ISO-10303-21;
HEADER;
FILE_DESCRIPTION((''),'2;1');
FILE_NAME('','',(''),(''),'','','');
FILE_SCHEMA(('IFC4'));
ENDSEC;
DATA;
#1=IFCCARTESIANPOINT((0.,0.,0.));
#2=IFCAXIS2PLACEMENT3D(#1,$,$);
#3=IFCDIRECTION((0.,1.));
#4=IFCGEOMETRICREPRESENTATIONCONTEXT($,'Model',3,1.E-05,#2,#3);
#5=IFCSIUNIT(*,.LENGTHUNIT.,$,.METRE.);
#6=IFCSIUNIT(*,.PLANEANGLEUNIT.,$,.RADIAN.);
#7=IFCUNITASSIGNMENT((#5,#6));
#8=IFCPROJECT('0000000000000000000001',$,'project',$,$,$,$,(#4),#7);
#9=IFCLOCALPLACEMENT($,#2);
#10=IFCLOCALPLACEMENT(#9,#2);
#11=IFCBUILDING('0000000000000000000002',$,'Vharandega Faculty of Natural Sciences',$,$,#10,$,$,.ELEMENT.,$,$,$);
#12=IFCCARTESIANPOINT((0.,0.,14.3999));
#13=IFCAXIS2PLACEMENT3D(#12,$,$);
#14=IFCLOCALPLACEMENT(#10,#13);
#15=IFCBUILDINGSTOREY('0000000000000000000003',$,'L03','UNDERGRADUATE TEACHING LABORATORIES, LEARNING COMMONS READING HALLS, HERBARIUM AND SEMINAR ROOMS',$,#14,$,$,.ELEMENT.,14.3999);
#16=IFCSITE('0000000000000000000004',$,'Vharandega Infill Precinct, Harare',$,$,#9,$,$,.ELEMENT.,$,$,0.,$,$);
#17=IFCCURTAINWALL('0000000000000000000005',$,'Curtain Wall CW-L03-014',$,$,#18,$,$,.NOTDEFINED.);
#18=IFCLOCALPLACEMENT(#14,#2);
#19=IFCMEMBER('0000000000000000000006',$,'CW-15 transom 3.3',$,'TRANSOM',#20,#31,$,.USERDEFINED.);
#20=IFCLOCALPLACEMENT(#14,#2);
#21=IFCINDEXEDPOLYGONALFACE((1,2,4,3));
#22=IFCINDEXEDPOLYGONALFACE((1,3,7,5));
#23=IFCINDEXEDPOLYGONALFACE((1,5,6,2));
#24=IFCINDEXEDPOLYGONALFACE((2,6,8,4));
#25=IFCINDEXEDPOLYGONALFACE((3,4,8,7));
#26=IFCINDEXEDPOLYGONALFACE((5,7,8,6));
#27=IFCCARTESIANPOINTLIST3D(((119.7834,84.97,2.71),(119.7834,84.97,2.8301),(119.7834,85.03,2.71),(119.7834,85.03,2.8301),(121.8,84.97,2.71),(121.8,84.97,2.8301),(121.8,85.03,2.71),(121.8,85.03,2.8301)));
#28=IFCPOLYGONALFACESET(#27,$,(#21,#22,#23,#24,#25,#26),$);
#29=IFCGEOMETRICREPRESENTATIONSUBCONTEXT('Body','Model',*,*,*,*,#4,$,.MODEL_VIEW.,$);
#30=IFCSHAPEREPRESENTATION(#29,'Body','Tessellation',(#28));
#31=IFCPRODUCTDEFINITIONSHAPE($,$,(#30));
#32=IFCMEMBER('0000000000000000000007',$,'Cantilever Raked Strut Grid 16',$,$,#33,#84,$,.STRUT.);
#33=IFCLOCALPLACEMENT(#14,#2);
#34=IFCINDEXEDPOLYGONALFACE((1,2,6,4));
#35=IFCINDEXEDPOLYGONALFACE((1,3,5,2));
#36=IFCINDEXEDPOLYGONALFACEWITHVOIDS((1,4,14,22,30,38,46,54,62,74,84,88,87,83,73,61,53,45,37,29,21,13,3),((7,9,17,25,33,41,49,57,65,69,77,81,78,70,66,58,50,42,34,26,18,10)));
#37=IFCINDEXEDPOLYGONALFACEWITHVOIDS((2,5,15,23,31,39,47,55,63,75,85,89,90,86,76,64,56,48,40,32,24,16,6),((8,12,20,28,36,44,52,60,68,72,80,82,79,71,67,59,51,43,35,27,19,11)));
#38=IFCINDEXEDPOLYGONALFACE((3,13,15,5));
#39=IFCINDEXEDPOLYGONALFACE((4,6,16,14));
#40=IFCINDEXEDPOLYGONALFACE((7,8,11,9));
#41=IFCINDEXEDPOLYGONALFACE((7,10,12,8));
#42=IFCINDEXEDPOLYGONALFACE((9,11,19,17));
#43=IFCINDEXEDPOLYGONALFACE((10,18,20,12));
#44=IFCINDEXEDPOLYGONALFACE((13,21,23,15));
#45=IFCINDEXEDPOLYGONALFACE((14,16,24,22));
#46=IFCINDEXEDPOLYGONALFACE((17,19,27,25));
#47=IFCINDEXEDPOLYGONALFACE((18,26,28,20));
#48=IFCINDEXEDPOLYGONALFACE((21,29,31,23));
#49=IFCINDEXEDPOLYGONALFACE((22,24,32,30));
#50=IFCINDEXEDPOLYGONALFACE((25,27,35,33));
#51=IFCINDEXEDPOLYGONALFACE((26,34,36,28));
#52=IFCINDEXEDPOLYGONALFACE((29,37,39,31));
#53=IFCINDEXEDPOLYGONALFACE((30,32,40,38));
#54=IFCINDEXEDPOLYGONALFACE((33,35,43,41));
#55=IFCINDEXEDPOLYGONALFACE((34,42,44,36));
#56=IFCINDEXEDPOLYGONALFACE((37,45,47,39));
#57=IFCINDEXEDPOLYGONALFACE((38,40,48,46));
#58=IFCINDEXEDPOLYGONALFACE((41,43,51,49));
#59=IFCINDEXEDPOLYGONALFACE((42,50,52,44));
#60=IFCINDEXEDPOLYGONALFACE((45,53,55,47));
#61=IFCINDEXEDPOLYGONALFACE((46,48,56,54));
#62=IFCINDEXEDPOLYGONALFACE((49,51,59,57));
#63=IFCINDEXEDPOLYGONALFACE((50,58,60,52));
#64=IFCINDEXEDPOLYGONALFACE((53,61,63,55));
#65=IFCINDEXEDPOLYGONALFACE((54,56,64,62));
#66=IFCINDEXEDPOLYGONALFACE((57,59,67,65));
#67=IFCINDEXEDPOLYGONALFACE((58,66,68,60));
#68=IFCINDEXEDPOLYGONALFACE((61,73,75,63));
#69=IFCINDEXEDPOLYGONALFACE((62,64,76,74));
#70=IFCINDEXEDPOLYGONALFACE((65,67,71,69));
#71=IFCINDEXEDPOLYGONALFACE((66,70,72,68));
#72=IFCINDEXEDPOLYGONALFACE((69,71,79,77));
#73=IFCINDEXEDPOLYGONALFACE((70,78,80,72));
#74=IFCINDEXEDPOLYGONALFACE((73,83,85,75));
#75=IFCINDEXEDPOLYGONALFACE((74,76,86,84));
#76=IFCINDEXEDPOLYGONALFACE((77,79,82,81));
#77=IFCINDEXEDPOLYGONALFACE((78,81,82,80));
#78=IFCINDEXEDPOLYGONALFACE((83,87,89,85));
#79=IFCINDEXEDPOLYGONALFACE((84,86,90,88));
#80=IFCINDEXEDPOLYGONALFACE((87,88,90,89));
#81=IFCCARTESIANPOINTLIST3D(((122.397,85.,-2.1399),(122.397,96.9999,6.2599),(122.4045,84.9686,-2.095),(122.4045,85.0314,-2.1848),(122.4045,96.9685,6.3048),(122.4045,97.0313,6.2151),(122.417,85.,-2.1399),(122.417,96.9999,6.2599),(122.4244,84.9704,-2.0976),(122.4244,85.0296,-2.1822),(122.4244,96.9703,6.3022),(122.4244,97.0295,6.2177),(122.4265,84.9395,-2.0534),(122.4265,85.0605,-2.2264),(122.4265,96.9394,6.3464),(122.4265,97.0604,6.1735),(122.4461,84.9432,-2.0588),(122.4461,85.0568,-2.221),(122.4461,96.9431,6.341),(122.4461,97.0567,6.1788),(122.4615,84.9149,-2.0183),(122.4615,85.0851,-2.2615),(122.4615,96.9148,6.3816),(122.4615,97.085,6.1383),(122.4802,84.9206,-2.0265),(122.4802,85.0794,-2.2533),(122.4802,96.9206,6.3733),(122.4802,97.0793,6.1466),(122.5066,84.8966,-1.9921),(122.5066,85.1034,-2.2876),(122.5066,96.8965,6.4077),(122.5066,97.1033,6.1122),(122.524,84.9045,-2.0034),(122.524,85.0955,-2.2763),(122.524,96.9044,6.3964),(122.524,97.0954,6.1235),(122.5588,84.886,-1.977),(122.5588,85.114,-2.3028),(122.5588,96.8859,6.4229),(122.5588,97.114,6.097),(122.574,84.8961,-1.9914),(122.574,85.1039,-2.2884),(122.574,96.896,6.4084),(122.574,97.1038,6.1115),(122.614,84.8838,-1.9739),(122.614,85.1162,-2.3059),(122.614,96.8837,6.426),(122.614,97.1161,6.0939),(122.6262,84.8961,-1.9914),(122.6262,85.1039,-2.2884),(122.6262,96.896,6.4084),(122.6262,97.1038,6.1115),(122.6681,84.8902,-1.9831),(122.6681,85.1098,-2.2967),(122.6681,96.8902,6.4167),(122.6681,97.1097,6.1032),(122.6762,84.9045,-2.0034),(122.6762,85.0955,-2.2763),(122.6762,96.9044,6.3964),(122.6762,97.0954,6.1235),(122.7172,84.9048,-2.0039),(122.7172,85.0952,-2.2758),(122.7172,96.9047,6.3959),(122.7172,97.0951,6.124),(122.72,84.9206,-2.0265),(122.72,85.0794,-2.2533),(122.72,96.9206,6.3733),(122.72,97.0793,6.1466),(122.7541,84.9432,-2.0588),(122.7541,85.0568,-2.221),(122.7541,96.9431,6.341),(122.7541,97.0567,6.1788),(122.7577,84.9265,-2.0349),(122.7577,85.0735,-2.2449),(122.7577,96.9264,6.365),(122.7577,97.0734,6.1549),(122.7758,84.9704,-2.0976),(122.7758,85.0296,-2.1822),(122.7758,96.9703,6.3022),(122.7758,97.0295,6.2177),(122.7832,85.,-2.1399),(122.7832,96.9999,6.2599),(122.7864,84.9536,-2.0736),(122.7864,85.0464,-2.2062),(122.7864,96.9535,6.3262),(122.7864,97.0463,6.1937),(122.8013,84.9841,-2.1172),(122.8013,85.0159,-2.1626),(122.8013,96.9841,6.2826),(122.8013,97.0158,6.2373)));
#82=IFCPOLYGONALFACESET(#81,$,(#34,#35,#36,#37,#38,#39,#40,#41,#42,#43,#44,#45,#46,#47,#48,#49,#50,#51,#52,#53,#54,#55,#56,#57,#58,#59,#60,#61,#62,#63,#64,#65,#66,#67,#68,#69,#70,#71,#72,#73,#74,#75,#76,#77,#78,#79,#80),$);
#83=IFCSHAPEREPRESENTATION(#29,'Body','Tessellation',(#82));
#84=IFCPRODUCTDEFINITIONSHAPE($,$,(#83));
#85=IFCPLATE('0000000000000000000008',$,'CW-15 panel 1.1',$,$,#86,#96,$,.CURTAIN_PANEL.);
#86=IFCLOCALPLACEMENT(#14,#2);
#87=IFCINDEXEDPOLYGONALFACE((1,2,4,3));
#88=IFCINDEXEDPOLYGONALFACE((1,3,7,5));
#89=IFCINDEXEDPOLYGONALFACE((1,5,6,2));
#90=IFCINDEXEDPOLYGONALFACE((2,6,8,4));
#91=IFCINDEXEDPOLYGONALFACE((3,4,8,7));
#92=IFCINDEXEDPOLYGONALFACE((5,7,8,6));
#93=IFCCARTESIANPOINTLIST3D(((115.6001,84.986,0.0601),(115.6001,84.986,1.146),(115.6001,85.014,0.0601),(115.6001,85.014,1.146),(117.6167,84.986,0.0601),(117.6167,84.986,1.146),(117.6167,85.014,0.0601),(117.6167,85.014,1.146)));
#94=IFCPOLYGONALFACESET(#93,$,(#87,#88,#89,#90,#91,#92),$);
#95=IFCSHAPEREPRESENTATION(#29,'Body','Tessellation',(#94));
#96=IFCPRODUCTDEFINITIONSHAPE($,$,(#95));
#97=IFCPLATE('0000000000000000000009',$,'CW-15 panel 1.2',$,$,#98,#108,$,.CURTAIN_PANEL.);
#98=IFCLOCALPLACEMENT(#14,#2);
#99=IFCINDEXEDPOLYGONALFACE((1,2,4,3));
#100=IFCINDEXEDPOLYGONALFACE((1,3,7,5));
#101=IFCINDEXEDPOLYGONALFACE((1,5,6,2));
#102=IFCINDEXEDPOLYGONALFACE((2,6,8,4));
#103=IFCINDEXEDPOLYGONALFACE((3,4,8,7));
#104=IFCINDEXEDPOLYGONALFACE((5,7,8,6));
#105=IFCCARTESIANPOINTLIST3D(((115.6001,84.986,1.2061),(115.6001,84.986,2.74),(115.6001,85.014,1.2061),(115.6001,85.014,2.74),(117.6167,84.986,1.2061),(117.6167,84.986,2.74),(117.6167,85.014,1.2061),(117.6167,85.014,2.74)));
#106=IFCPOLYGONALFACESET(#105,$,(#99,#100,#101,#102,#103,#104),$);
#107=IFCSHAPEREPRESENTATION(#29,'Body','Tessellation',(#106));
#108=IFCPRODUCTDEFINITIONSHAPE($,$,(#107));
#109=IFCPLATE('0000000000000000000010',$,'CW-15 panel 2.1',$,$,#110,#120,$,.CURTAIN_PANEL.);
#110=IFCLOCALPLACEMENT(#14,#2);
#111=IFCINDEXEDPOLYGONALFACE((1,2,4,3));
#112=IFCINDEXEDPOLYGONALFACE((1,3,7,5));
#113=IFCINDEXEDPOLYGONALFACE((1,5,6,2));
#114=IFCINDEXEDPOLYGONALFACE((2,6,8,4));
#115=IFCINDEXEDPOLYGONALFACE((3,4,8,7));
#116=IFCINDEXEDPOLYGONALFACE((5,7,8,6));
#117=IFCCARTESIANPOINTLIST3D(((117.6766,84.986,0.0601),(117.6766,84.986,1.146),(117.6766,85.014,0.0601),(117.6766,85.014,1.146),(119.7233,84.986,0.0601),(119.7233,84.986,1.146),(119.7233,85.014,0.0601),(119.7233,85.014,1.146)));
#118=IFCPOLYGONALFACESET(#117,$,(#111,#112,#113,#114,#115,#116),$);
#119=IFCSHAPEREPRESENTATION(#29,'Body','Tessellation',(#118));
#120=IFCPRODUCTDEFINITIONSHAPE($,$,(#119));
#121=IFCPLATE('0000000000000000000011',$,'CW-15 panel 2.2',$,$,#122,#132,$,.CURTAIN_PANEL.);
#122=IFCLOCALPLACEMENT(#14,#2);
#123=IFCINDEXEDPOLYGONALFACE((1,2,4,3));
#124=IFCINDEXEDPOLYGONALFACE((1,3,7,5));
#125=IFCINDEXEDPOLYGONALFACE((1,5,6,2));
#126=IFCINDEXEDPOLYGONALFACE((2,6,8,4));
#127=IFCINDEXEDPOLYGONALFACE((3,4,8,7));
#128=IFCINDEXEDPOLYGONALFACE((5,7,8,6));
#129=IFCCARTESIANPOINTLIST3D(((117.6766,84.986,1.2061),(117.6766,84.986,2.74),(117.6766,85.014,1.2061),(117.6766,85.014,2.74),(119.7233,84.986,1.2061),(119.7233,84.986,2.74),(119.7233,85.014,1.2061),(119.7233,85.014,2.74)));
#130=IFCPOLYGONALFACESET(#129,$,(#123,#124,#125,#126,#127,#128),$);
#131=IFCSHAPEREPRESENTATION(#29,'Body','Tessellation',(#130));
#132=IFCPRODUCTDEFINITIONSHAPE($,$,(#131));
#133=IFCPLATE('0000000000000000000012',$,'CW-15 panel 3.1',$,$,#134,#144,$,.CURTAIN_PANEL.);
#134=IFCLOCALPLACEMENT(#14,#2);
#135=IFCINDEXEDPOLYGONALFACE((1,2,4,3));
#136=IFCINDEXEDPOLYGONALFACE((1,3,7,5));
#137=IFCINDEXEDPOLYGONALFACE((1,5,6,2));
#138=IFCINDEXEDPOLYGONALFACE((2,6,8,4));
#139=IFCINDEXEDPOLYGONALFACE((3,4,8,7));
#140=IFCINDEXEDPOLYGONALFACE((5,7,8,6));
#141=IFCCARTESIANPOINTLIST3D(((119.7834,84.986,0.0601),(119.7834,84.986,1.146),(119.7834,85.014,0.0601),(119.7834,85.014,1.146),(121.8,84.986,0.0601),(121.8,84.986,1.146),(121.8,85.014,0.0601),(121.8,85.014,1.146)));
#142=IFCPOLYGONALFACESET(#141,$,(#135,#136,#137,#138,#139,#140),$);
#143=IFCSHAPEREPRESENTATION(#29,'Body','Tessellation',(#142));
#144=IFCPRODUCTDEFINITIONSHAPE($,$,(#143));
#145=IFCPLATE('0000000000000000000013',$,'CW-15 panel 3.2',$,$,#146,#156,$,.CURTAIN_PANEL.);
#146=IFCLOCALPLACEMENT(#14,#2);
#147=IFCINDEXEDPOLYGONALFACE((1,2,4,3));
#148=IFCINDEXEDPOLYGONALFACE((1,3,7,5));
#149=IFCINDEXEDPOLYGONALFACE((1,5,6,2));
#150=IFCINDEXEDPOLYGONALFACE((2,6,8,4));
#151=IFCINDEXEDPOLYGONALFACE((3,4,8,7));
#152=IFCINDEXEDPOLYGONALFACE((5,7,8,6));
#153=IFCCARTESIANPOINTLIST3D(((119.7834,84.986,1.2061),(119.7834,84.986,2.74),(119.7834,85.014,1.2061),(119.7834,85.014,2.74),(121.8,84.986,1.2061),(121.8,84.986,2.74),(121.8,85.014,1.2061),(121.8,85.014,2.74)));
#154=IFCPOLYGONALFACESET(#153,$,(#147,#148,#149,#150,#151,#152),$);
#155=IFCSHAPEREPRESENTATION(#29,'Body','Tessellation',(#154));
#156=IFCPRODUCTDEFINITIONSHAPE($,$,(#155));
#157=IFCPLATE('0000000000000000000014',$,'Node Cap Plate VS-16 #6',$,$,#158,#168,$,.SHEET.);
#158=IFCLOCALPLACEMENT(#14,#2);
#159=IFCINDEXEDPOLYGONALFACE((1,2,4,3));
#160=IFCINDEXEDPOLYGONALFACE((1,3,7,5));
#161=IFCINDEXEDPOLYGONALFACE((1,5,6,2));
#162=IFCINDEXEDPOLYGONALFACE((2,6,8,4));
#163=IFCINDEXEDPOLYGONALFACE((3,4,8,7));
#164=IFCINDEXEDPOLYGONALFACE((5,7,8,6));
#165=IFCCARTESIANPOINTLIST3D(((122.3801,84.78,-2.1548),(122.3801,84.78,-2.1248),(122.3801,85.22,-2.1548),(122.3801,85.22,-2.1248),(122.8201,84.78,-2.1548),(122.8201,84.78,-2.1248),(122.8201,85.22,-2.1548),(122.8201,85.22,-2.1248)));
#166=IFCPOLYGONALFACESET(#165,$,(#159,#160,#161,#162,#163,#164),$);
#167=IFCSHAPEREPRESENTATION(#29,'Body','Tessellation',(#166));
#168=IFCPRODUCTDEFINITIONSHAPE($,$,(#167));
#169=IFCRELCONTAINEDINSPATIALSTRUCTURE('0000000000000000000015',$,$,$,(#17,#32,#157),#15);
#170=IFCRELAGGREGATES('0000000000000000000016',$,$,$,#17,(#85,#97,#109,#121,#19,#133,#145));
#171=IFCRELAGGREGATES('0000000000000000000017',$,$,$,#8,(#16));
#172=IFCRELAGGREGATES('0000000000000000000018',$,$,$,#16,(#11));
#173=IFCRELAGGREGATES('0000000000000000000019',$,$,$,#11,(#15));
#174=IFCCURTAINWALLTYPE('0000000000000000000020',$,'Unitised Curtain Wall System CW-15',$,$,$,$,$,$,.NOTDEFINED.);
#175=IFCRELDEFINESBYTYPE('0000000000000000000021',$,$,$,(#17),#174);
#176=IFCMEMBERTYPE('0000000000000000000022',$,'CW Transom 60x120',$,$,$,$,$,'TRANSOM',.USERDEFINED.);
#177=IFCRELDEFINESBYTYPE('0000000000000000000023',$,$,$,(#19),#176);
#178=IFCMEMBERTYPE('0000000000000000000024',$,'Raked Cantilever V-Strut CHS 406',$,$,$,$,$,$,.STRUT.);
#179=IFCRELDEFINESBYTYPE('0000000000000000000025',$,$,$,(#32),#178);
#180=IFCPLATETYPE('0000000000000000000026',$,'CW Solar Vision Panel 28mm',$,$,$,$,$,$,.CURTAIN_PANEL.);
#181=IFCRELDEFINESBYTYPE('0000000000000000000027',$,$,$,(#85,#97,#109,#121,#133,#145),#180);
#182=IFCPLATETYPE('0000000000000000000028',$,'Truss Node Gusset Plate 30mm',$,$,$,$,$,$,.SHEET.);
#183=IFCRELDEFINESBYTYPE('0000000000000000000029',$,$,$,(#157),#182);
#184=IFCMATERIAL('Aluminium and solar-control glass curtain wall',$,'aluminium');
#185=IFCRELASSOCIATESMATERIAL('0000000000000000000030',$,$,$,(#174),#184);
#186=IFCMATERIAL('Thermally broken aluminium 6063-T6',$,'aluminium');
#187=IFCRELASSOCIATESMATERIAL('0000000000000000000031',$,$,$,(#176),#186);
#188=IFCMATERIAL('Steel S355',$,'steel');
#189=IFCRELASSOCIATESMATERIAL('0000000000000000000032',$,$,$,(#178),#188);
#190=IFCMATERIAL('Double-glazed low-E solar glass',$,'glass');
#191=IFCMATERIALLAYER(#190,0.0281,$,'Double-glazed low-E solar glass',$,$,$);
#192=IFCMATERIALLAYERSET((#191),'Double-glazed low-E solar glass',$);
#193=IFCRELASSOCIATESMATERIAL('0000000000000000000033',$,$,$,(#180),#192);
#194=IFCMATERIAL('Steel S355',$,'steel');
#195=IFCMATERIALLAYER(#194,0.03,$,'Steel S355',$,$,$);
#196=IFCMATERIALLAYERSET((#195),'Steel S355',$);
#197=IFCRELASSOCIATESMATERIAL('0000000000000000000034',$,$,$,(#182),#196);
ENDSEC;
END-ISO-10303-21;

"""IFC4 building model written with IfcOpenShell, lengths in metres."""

from ifc_helpers import new_model, si_unit, direction, frame, origin, origin_2d, place, context, subcontext, project, spatial, rectangle, hollow_circle, extrude, material, layer, layer_set, material_profile, profile_set, type_object, element, aggregate, save


model = new_model("IFC4")

# Units and contexts
model_context = context("Model", 3, precision=1e-05, world=origin(), true_north=direction((0.0, 1.0)))
body_context = subcontext(model_context, "Body", "Model", "MODEL_VIEW")
ifc_project = project(units=[si_unit("LENGTHUNIT", "METRE"), si_unit("PLANEANGLEUNIT", "RADIAN")], contexts=[model_context])

# Site, building, storey
site_placement = place(None, origin())
site = spatial("IfcSite", under=ifc_project, at=site_placement, Name="Vharandega Infill Precinct, Harare", CompositionType="ELEMENT", RefElevation=0.0)
building_placement = place(site_placement, origin())
building = spatial("IfcBuilding", under=site, at=building_placement, Name="Vharandega Faculty of Natural Sciences", CompositionType="ELEMENT")
storey_placement = place(building_placement, frame((0.0, 0.0, 14.3999)))
storey = spatial("IfcBuildingStorey", under=building, at=storey_placement, Name="L03", Description="UNDERGRADUATE TEACHING LABORATORIES, LEARNING COMMONS READING HALLS, HERBARIUM AND SEMINAR ROOMS", CompositionType="ELEMENT", Elevation=14.3999)

# Curtain wall, member
ifc_material_1 = material(Name="Aluminium and solar-control glass curtain wall", Category="aluminium")
curtain_wall_type = type_object("IfcCurtainWallType", Name="Unitised Curtain Wall System CW-15", PredefinedType="NOTDEFINED", material=ifc_material_1)
curtain_wall_placement = place(storey_placement, origin())
curtain_wall = element("IfcCurtainWall", 1, at=curtain_wall_placement, inside=storey, type_object=curtain_wall_type, Name="Curtain Wall CW-L03-014", PredefinedType="NOTDEFINED")
ifc_material_2 = material(Name="Thermally broken aluminium 6063-T6", Category="aluminium")
ifc_material_profile_1 = material_profile(ifc_material_2, rectangle(XDim=0.0601, YDim=0.1201, at=origin_2d()), Name="ALU 60x120")
ifc_profile_set_1 = profile_set([ifc_material_profile_1], Name="Thermally broken aluminium 6063-T6")
member_type_1 = type_object("IfcMemberType", Name="CW Transom 60x120", ElementType="TRANSOM", PredefinedType="USERDEFINED", material=ifc_profile_set_1)
member_1_placement = place(storey_placement, frame((119.7834, 85.0, 2.77), z_axis=(1.0, 0.0, 0.0), x_axis=(0.0, 1.0, 0.0)))
member_1 = element("IfcMember", 2, at=member_1_placement, type_object=member_type_1, Name="CW-15 transom 3.3", ObjectType="TRANSOM", PredefinedType="USERDEFINED", context=body_context, shape_type="SweptSolid", body=[
    extrude(rectangle(XDim=0.0601, YDim=0.1201, at=origin_2d()), origin(), (0.0, 0.0, 1.0), 2.0166),
])

# Member
ifc_material_3 = material(Name="Steel S355", Category="steel")
ifc_material_profile_2 = material_profile(ifc_material_3, hollow_circle(Radius=0.2031, WallThickness=0.02, at=origin_2d()), Name="CHS 406.4x20")
ifc_profile_set_2 = profile_set([ifc_material_profile_2], Name="Steel S355")
member_type_2 = type_object("IfcMemberType", Name="Raked Cantilever V-Strut CHS 406", PredefinedType="STRUT", material=ifc_profile_set_2)
member_2_placement = place(storey_placement, frame((122.6001, 85.0, -2.1399), z_axis=(0.0, 0.819235, 0.573458), x_axis=(-1.0, 0.0, 0.0)))
element("IfcMember", 3, at=member_2_placement, inside=storey, type_object=member_type_2, Name="Cantilever Raked Strut Grid 16", PredefinedType="STRUT", context=body_context, shape_type="SweptSolid", body=[
    extrude(hollow_circle(Radius=0.2031, WallThickness=0.02, at=origin_2d()), origin(), (0.0, 0.0, 1.0), 14.6477),
])

# Plates
ifc_material_4 = material(Name="Double-glazed low-E solar glass", Category="glass")
ifc_layer_1 = layer(ifc_material_4, 0.0281, Name="Double-glazed low-E solar glass")
ifc_layer_set_1 = layer_set([ifc_layer_1], Name="Double-glazed low-E solar glass")
plate_type_1 = type_object("IfcPlateType", Name="CW Solar Vision Panel 28mm", PredefinedType="CURTAIN_PANEL", material=ifc_layer_set_1)
plate_1_placement = place(storey_placement, frame((116.6084, 85.0, 0.0601), z_axis=(0.0, 0.0, 1.0), x_axis=(1.0, 0.0, 0.0)))
plate_1 = element("IfcPlate", 4, at=plate_1_placement, type_object=plate_type_1, Name="CW-15 panel 1.1", PredefinedType="CURTAIN_PANEL", context=body_context, shape_type="SweptSolid", body=[
    extrude(rectangle(XDim=2.0166, YDim=0.0281, at=origin_2d()), origin(), (0.0, 0.0, 1.0), 1.0859),
])
plate_2_placement = place(storey_placement, frame((116.6084, 85.0, 1.2061), z_axis=(0.0, 0.0, 1.0), x_axis=(1.0, 0.0, 0.0)))
plate_2 = element("IfcPlate", 5, at=plate_2_placement, type_object=plate_type_1, Name="CW-15 panel 1.2", PredefinedType="CURTAIN_PANEL", context=body_context, shape_type="SweptSolid", body=[
    extrude(rectangle(XDim=2.0166, YDim=0.0281, at=origin_2d()), origin(), (0.0, 0.0, 1.0), 1.5339),
])
plate_3_placement = place(storey_placement, frame((118.7, 85.0, 0.0601), z_axis=(0.0, 0.0, 1.0), x_axis=(1.0, 0.0, 0.0)))
plate_3 = element("IfcPlate", 6, at=plate_3_placement, type_object=plate_type_1, Name="CW-15 panel 2.1", PredefinedType="CURTAIN_PANEL", context=body_context, shape_type="SweptSolid", body=[
    extrude(rectangle(XDim=2.0466, YDim=0.0281, at=origin_2d()), origin(), (0.0, 0.0, 1.0), 1.0859),
])
plate_4_placement = place(storey_placement, frame((118.7, 85.0, 1.2061), z_axis=(0.0, 0.0, 1.0), x_axis=(1.0, 0.0, 0.0)))
plate_4 = element("IfcPlate", 7, at=plate_4_placement, type_object=plate_type_1, Name="CW-15 panel 2.2", PredefinedType="CURTAIN_PANEL", context=body_context, shape_type="SweptSolid", body=[
    extrude(rectangle(XDim=2.0466, YDim=0.0281, at=origin_2d()), origin(), (0.0, 0.0, 1.0), 1.5339),
])
plate_5_placement = place(storey_placement, frame((120.7917, 85.0, 0.0601), z_axis=(0.0, 0.0, 1.0), x_axis=(1.0, 0.0, 0.0)))
plate_5 = element("IfcPlate", 8, at=plate_5_placement, type_object=plate_type_1, Name="CW-15 panel 3.1", PredefinedType="CURTAIN_PANEL", context=body_context, shape_type="SweptSolid", body=[
    extrude(rectangle(XDim=2.0166, YDim=0.0281, at=origin_2d()), origin(), (0.0, 0.0, 1.0), 1.0859),
])
plate_6_placement = place(storey_placement, frame((120.7917, 85.0, 1.2061), z_axis=(0.0, 0.0, 1.0), x_axis=(1.0, 0.0, 0.0)))
plate_6 = element("IfcPlate", 9, at=plate_6_placement, type_object=plate_type_1, Name="CW-15 panel 3.2", PredefinedType="CURTAIN_PANEL", context=body_context, shape_type="SweptSolid", body=[
    extrude(rectangle(XDim=2.0166, YDim=0.0281, at=origin_2d()), origin(), (0.0, 0.0, 1.0), 1.5339),
])
aggregate(curtain_wall, [plate_1, plate_2, plate_3, plate_4, member_1, plate_5, plate_6])
ifc_material_5 = material(Name="Steel S355", Category="steel")
ifc_layer_2 = layer(ifc_material_5, 0.03, Name="Steel S355")
ifc_layer_set_2 = layer_set([ifc_layer_2], Name="Steel S355")
plate_type_2 = type_object("IfcPlateType", Name="Truss Node Gusset Plate 30mm", PredefinedType="SHEET", material=ifc_layer_set_2)
plate_7_placement = place(storey_placement, frame((122.6001, 85.0, -2.1548), z_axis=(0.0, 0.0, 1.0), x_axis=(1.0, 0.0, 0.0)))
element("IfcPlate", 10, at=plate_7_placement, inside=storey, type_object=plate_type_2, Name="Node Cap Plate VS-16 #6", PredefinedType="SHEET", context=body_context, shape_type="SweptSolid", body=[
    extrude(rectangle(XDim=0.4399, YDim=0.4399, at=origin_2d()), origin(), (0.0, 0.0, 1.0), 0.03),
])

save(model, "model.ifc")
